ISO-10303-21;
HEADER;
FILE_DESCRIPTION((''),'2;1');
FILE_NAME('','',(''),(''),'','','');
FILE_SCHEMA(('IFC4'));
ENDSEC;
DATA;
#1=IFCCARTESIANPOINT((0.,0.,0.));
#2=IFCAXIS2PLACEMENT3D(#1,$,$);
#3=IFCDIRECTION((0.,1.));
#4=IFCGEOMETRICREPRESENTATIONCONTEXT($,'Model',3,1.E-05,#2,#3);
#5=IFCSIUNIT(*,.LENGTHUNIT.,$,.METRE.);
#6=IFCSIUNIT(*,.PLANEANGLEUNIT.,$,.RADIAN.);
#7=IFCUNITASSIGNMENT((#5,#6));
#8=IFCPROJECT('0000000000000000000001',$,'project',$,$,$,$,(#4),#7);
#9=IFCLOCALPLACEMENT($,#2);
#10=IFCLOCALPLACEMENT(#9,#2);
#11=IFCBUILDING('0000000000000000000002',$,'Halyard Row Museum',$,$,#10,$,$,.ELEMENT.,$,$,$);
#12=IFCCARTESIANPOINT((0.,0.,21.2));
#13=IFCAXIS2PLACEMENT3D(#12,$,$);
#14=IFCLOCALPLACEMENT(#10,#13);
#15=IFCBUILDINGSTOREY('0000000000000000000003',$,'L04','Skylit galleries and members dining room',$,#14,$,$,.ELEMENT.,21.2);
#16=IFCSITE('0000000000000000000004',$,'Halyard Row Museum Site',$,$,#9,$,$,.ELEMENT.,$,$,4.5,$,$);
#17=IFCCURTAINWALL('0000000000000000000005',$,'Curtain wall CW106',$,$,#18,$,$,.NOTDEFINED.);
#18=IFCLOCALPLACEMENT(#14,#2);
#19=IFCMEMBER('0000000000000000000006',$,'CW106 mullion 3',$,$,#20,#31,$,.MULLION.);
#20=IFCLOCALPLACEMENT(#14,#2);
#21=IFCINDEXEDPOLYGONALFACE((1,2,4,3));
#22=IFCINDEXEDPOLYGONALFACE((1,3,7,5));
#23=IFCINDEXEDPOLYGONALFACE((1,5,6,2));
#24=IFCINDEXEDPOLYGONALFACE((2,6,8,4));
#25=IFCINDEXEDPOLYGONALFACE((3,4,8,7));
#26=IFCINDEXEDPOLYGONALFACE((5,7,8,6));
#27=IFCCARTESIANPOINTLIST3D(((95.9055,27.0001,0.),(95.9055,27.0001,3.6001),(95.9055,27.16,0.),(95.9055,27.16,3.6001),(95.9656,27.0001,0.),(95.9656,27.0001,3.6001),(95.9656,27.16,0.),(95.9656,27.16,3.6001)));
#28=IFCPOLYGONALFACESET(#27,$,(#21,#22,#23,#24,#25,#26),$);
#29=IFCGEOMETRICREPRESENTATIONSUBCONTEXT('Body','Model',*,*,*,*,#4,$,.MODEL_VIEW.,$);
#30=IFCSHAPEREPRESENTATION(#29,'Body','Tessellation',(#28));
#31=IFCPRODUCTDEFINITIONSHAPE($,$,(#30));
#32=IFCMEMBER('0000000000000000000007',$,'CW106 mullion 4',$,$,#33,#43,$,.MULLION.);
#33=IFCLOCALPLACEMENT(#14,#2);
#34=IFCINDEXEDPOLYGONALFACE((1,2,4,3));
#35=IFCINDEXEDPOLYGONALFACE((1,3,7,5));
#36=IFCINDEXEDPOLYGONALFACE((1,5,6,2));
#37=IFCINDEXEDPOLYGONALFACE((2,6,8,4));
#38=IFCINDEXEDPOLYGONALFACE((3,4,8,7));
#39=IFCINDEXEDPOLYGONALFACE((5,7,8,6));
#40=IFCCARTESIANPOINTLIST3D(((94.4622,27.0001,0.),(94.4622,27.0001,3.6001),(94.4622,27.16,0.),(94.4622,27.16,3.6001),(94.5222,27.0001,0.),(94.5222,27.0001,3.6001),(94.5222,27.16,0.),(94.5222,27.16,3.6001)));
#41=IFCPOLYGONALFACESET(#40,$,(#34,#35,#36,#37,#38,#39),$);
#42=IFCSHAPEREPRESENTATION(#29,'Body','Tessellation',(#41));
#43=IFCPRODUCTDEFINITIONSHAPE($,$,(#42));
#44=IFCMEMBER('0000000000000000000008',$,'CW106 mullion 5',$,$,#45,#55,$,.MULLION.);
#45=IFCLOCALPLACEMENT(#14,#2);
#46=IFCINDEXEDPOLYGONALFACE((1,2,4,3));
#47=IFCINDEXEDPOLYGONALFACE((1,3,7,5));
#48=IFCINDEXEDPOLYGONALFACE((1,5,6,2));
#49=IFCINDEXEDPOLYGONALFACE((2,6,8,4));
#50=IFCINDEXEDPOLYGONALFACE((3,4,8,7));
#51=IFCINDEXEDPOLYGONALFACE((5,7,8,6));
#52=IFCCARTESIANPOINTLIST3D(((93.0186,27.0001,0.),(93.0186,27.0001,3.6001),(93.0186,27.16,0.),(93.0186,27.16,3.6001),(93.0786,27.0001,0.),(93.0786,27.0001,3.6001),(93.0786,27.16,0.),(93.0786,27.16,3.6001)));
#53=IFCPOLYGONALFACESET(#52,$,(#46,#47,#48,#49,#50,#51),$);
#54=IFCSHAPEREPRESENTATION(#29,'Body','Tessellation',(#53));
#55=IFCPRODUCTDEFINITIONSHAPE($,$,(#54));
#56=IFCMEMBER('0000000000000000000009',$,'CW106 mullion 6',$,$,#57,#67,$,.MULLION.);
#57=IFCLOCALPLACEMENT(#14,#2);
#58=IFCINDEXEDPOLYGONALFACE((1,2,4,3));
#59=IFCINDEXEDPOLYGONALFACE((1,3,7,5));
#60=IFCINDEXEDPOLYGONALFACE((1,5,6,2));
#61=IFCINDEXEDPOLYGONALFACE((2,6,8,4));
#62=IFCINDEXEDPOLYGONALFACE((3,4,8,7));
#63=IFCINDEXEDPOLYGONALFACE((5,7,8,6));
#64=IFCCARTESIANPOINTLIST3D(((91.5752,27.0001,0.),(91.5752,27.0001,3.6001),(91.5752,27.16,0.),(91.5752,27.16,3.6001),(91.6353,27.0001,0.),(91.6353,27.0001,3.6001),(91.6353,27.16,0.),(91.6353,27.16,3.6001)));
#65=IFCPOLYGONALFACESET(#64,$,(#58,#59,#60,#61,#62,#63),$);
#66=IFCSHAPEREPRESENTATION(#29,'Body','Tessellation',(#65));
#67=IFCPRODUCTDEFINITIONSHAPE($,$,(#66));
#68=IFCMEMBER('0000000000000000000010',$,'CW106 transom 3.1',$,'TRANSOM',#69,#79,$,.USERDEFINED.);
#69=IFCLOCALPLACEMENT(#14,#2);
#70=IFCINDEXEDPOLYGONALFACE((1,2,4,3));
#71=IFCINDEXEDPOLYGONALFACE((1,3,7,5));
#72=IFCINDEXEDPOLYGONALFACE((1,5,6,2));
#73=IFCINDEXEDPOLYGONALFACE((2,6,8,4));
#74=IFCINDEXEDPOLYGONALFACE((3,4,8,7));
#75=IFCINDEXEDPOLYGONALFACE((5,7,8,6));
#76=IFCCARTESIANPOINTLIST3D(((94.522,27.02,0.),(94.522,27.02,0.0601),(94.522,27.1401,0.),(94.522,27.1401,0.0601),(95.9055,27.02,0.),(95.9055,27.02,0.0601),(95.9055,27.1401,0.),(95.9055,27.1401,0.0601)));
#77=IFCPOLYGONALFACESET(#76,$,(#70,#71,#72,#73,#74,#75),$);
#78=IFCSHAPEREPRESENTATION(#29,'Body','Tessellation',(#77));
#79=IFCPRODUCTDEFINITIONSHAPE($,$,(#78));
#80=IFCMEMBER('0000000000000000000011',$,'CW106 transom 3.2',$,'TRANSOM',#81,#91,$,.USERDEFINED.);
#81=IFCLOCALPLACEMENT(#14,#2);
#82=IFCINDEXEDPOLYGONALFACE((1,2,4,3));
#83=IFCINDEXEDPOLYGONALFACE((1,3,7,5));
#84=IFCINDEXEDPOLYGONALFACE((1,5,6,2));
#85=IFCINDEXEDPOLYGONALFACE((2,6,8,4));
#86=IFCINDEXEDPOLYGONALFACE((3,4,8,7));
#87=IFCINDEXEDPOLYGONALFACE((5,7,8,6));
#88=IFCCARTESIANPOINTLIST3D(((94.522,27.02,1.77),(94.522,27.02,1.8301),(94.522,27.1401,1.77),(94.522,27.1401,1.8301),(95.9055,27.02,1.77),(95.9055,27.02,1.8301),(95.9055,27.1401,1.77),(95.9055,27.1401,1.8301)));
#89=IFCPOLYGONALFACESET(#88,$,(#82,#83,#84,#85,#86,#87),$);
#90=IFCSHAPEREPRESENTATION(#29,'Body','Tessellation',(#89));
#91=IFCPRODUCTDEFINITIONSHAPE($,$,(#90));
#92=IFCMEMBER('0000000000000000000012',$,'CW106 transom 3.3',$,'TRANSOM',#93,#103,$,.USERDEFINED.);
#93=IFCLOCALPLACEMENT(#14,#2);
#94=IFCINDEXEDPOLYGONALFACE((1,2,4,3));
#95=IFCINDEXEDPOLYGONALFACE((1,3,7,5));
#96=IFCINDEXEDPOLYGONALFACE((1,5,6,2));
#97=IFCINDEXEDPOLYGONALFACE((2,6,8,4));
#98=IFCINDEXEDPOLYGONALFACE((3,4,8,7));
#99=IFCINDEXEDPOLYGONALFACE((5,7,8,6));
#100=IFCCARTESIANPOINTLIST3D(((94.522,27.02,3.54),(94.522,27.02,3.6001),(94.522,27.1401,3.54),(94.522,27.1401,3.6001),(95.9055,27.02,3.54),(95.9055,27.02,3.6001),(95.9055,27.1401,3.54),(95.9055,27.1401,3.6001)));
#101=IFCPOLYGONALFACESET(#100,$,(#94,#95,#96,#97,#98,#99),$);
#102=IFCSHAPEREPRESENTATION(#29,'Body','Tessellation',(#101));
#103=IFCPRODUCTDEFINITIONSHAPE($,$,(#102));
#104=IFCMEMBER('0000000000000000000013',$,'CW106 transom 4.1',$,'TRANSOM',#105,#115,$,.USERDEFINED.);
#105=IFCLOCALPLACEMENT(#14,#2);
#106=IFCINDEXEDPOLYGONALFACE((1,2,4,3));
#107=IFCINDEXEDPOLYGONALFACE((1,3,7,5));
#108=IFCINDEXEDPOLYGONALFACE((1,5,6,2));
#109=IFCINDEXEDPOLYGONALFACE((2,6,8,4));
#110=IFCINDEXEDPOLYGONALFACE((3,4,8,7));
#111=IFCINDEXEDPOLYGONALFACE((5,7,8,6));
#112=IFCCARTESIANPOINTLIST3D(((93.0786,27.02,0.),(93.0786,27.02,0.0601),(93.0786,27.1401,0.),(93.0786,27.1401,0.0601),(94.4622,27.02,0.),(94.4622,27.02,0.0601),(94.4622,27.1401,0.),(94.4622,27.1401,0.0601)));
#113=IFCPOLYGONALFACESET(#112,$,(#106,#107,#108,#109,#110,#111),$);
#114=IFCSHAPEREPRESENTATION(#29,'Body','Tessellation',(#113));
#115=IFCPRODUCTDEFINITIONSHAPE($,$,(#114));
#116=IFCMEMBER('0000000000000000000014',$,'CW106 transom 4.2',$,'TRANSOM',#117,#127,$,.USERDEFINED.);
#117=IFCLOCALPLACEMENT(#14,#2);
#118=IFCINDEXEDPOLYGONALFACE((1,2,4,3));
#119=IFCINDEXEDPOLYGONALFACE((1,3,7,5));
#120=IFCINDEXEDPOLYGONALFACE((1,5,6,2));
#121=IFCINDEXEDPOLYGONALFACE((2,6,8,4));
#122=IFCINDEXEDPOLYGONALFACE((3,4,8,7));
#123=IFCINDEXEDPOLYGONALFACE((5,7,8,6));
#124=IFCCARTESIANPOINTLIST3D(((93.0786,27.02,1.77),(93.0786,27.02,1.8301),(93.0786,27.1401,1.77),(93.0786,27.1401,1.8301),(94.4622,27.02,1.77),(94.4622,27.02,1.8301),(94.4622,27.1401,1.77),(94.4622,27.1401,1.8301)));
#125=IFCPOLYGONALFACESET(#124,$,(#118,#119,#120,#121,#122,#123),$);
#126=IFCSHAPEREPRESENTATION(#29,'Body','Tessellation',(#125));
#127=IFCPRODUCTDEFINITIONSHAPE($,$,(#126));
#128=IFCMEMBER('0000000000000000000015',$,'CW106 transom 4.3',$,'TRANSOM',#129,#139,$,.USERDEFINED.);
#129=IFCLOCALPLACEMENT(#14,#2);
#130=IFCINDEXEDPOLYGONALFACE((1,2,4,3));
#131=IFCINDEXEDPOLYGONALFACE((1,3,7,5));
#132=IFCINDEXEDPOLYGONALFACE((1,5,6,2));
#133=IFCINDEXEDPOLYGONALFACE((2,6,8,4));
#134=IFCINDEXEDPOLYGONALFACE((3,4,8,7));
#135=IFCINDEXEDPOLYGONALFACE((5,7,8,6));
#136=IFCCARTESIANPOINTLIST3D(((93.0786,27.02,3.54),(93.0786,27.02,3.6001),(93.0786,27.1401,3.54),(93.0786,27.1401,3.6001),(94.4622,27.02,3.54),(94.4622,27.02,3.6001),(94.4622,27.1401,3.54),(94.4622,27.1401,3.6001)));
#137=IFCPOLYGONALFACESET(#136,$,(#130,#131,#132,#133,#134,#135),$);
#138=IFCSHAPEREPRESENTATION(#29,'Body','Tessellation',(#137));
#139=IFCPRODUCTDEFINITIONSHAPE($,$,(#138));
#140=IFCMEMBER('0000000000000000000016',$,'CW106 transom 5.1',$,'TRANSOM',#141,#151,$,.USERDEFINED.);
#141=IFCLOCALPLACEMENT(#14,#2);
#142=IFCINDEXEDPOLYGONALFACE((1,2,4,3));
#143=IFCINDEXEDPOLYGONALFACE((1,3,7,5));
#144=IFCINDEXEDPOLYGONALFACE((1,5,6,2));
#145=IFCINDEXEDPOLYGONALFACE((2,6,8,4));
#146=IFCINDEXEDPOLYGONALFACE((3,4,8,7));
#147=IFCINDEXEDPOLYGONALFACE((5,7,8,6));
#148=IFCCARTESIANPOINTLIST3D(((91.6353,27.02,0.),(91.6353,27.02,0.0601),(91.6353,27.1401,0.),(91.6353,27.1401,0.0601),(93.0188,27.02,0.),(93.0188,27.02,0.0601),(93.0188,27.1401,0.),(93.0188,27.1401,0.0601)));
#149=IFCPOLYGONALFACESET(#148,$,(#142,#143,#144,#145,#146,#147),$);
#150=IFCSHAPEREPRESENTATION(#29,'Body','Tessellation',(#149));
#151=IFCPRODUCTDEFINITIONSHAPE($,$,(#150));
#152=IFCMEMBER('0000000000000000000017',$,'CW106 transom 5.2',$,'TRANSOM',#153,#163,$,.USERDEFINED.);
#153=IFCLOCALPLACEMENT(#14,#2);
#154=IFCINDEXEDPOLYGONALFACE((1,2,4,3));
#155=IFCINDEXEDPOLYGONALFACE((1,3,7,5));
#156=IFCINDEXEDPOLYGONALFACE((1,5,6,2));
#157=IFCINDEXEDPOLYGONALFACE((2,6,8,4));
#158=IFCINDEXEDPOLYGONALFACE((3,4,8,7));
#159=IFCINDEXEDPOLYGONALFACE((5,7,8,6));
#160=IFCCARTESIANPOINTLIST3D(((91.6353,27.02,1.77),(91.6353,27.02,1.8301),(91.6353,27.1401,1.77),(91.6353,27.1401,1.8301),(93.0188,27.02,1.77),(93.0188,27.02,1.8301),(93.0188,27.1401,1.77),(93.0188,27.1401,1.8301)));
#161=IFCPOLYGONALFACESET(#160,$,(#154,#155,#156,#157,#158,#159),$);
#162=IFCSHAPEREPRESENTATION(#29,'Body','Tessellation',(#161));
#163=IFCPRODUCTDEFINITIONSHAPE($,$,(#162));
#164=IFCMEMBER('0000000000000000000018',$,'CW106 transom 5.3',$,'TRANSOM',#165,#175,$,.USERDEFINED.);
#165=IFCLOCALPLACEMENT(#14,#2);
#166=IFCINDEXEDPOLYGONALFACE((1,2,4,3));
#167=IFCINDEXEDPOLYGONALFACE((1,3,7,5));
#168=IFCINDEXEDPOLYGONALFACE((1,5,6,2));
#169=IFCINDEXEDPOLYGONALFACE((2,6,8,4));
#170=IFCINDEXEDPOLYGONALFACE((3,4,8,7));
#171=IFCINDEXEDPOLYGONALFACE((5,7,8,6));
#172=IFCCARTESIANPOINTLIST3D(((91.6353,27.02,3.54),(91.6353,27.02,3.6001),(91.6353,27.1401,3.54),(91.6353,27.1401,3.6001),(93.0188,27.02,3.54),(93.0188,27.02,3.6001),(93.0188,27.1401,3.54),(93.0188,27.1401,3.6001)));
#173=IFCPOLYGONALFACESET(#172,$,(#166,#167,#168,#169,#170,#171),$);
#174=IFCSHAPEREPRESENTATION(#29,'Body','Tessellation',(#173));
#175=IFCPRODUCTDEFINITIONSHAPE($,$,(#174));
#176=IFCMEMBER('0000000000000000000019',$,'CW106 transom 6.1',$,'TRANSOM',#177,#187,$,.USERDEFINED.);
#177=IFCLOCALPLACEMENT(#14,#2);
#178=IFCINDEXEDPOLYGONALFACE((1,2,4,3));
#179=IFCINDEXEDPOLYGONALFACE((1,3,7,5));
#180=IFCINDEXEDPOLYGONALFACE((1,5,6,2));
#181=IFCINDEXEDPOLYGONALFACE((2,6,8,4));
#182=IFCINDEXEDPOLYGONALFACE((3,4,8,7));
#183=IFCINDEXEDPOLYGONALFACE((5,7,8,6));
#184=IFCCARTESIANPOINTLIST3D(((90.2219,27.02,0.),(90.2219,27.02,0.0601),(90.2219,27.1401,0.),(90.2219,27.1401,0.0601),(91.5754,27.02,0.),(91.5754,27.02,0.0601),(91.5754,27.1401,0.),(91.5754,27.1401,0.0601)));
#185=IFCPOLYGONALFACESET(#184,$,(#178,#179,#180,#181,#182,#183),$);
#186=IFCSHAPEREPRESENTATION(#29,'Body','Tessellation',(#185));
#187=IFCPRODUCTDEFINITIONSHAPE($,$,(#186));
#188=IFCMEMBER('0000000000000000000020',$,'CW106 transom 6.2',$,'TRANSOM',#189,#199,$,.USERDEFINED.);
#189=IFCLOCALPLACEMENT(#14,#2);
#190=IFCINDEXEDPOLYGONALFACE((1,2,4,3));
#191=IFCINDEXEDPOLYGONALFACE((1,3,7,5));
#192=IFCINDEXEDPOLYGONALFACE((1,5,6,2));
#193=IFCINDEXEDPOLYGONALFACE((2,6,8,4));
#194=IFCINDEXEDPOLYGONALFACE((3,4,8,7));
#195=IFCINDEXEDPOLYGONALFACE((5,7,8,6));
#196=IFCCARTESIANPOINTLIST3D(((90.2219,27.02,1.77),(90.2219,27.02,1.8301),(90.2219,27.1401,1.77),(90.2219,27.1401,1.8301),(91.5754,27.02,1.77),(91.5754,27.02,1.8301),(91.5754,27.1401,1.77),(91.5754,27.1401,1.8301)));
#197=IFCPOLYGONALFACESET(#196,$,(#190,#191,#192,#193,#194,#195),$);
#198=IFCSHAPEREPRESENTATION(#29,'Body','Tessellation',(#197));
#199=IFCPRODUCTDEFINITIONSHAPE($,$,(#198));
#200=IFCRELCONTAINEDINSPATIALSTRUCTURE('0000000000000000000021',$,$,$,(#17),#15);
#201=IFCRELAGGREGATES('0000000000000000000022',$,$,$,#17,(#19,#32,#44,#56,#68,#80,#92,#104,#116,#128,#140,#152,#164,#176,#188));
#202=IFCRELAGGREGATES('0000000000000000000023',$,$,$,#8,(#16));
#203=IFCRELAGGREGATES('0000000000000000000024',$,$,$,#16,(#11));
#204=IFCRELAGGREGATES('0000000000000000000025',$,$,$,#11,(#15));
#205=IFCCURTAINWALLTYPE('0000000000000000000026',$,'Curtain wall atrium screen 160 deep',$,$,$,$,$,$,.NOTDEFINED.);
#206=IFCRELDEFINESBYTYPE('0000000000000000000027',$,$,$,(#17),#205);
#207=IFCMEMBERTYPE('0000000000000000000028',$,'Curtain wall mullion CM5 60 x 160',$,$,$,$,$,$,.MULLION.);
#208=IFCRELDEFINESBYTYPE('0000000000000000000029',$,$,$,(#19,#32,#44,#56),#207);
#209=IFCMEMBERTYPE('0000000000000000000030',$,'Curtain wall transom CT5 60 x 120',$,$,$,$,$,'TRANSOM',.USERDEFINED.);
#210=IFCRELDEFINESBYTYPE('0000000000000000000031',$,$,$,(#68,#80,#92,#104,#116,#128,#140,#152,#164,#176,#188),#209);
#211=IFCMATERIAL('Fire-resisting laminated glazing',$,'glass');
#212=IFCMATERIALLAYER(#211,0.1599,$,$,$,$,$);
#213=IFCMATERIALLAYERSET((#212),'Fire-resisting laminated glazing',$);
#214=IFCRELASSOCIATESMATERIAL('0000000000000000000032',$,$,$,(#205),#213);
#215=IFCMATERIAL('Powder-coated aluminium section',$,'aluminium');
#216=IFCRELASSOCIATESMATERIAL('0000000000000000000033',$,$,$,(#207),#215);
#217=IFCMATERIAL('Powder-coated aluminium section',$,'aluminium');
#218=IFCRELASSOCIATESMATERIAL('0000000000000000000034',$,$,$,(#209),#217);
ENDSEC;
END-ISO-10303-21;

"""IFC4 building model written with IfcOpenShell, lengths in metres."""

from ifc_helpers import new_model, si_unit, direction, frame, origin, origin_2d, place, context, subcontext, project, spatial, rectangle, extrude, material, layer, layer_set, material_profile, profile_set, type_object, element, aggregate, save


model = new_model("IFC4")

# Units and contexts
model_context = context("Model", 3, precision=1e-05, world=origin(), true_north=direction((0.0, 1.0)))
body_context = subcontext(model_context, "Body", "Model", "MODEL_VIEW")
ifc_project = project(units=[si_unit("LENGTHUNIT", "METRE"), si_unit("PLANEANGLEUNIT", "RADIAN")], contexts=[model_context])

# Site, building, storey
site_placement = place(None, origin())
site = spatial("IfcSite", under=ifc_project, at=site_placement, Name="Halyard Row Museum Site", CompositionType="ELEMENT", RefElevation=4.5)
building_placement = place(site_placement, origin())
building = spatial("IfcBuilding", under=site, at=building_placement, Name="Halyard Row Museum", CompositionType="ELEMENT")
storey_placement = place(building_placement, frame((0.0, 0.0, 21.2)))
storey = spatial("IfcBuildingStorey", under=building, at=storey_placement, Name="L04", Description="Skylit galleries and members dining room", CompositionType="ELEMENT", Elevation=21.2)

# Curtain wall, members
ifc_material_1 = material(Name="Fire-resisting laminated glazing", Category="glass")
ifc_layer_1 = layer(ifc_material_1, 0.1599)
ifc_layer_set_1 = layer_set([ifc_layer_1], Name="Fire-resisting laminated glazing")
curtain_wall_type = type_object("IfcCurtainWallType", Name="Curtain wall atrium screen 160 deep", PredefinedType="NOTDEFINED", material=ifc_layer_set_1)
curtain_wall_placement = place(storey_placement, origin())
curtain_wall = element("IfcCurtainWall", 1, at=curtain_wall_placement, inside=storey, type_object=curtain_wall_type, Name="Curtain wall CW106", PredefinedType="NOTDEFINED")
ifc_material_2 = material(Name="Powder-coated aluminium section", Category="aluminium")
ifc_material_profile_1 = material_profile(ifc_material_2, rectangle(XDim=0.1599, YDim=0.0601, at=origin_2d()), Name="160x60 mullion")
ifc_profile_set_1 = profile_set([ifc_material_profile_1], Name="Powder-coated aluminium section")
member_type_1 = type_object("IfcMemberType", Name="Curtain wall mullion CM5 60 x 160", PredefinedType="MULLION", material=ifc_profile_set_1)
member_1_placement = place(storey_placement, frame((95.9355, 27.0801, 0.0), z_axis=(0.0, 0.0, 1.0), x_axis=(0.0, -1.0, 0.0)))
member_1 = element("IfcMember", 2, at=member_1_placement, type_object=member_type_1, Name="CW106 mullion 3", PredefinedType="MULLION", context=body_context, shape_type="SweptSolid", body=[
    extrude(rectangle(XDim=0.1599, YDim=0.0601, at=origin_2d()), origin(), (0.0, 0.0, 1.0), 3.6001),
])
member_2_placement = place(storey_placement, frame((94.4922, 27.0801, 0.0), z_axis=(0.0, 0.0, 1.0), x_axis=(0.0, -1.0, 0.0)))
member_2 = element("IfcMember", 3, at=member_2_placement, type_object=member_type_1, Name="CW106 mullion 4", PredefinedType="MULLION", context=body_context, shape_type="SweptSolid", body=[
    extrude(rectangle(XDim=0.1599, YDim=0.0601, at=origin_2d()), origin(), (0.0, 0.0, 1.0), 3.6001),
])
member_3_placement = place(storey_placement, frame((93.0486, 27.0801, 0.0), z_axis=(0.0, 0.0, 1.0), x_axis=(0.0, -1.0, 0.0)))
member_3 = element("IfcMember", 4, at=member_3_placement, type_object=member_type_1, Name="CW106 mullion 5", PredefinedType="MULLION", context=body_context, shape_type="SweptSolid", body=[
    extrude(rectangle(XDim=0.1599, YDim=0.0601, at=origin_2d()), origin(), (0.0, 0.0, 1.0), 3.6001),
])
member_4_placement = place(storey_placement, frame((91.6052, 27.0801, 0.0), z_axis=(0.0, 0.0, 1.0), x_axis=(0.0, -1.0, 0.0)))
member_4 = element("IfcMember", 5, at=member_4_placement, type_object=member_type_1, Name="CW106 mullion 6", PredefinedType="MULLION", context=body_context, shape_type="SweptSolid", body=[
    extrude(rectangle(XDim=0.1599, YDim=0.0601, at=origin_2d()), origin(), (0.0, 0.0, 1.0), 3.6001),
])
ifc_material_3 = material(Name="Powder-coated aluminium section", Category="aluminium")
ifc_material_profile_2 = material_profile(ifc_material_3, rectangle(XDim=0.1201, YDim=0.0601, at=origin_2d()), Name="120x60 transom")
ifc_profile_set_2 = profile_set([ifc_material_profile_2], Name="Powder-coated aluminium section")
member_type_2 = type_object("IfcMemberType", Name="Curtain wall transom CT5 60 x 120", ElementType="TRANSOM", PredefinedType="USERDEFINED", material=ifc_profile_set_2)
member_5_placement = place(storey_placement, frame((95.9055, 27.0801, 0.03), z_axis=(-1.0, 0.0, 0.0), x_axis=(0.0, -1.0, 0.0)))
member_5 = element("IfcMember", 6, at=member_5_placement, type_object=member_type_2, Name="CW106 transom 3.1", ObjectType="TRANSOM", PredefinedType="USERDEFINED", context=body_context, shape_type="SweptSolid", body=[
    extrude(rectangle(XDim=0.1201, YDim=0.0601, at=origin_2d()), origin(), (0.0, 0.0, 1.0), 1.3835),
])
member_6_placement = place(storey_placement, frame((95.9055, 27.0801, 1.8), z_axis=(-1.0, 0.0, 0.0), x_axis=(0.0, -1.0, 0.0)))
member_6 = element("IfcMember", 7, at=member_6_placement, type_object=member_type_2, Name="CW106 transom 3.2", ObjectType="TRANSOM", PredefinedType="USERDEFINED", context=body_context, shape_type="SweptSolid", body=[
    extrude(rectangle(XDim=0.1201, YDim=0.0601, at=origin_2d()), origin(), (0.0, 0.0, 1.0), 1.3835),
])
member_7_placement = place(storey_placement, frame((95.9055, 27.0801, 3.5701), z_axis=(-1.0, 0.0, 0.0), x_axis=(0.0, -1.0, 0.0)))
member_7 = element("IfcMember", 8, at=member_7_placement, type_object=member_type_2, Name="CW106 transom 3.3", ObjectType="TRANSOM", PredefinedType="USERDEFINED", context=body_context, shape_type="SweptSolid", body=[
    extrude(rectangle(XDim=0.1201, YDim=0.0601, at=origin_2d()), origin(), (0.0, 0.0, 1.0), 1.3835),
])
member_8_placement = place(storey_placement, frame((94.4622, 27.0801, 0.03), z_axis=(-1.0, 0.0, 0.0), x_axis=(0.0, -1.0, 0.0)))
member_8 = element("IfcMember", 9, at=member_8_placement, type_object=member_type_2, Name="CW106 transom 4.1", ObjectType="TRANSOM", PredefinedType="USERDEFINED", context=body_context, shape_type="SweptSolid", body=[
    extrude(rectangle(XDim=0.1201, YDim=0.0601, at=origin_2d()), origin(), (0.0, 0.0, 1.0), 1.3835),
])
member_9_placement = place(storey_placement, frame((94.4622, 27.0801, 1.8), z_axis=(-1.0, 0.0, 0.0), x_axis=(0.0, -1.0, 0.0)))
member_9 = element("IfcMember", 10, at=member_9_placement, type_object=member_type_2, Name="CW106 transom 4.2", ObjectType="TRANSOM", PredefinedType="USERDEFINED", context=body_context, shape_type="SweptSolid", body=[
    extrude(rectangle(XDim=0.1201, YDim=0.0601, at=origin_2d()), origin(), (0.0, 0.0, 1.0), 1.3835),
])
member_10_placement = place(storey_placement, frame((94.4622, 27.0801, 3.5701), z_axis=(-1.0, 0.0, 0.0), x_axis=(0.0, -1.0, 0.0)))
member_10 = element("IfcMember", 11, at=member_10_placement, type_object=member_type_2, Name="CW106 transom 4.3", ObjectType="TRANSOM", PredefinedType="USERDEFINED", context=body_context, shape_type="SweptSolid", body=[
    extrude(rectangle(XDim=0.1201, YDim=0.0601, at=origin_2d()), origin(), (0.0, 0.0, 1.0), 1.3835),
])
member_11_placement = place(storey_placement, frame((93.0188, 27.0801, 0.03), z_axis=(-1.0, 0.0, 0.0), x_axis=(0.0, -1.0, 0.0)))
member_11 = element("IfcMember", 12, at=member_11_placement, type_object=member_type_2, Name="CW106 transom 5.1", ObjectType="TRANSOM", PredefinedType="USERDEFINED", context=body_context, shape_type="SweptSolid", body=[
    extrude(rectangle(XDim=0.1201, YDim=0.0601, at=origin_2d()), origin(), (0.0, 0.0, 1.0), 1.3835),
])
member_12_placement = place(storey_placement, frame((93.0188, 27.0801, 1.8), z_axis=(-1.0, 0.0, 0.0), x_axis=(0.0, -1.0, 0.0)))
member_12 = element("IfcMember", 13, at=member_12_placement, type_object=member_type_2, Name="CW106 transom 5.2", ObjectType="TRANSOM", PredefinedType="USERDEFINED", context=body_context, shape_type="SweptSolid", body=[
    extrude(rectangle(XDim=0.1201, YDim=0.0601, at=origin_2d()), origin(), (0.0, 0.0, 1.0), 1.3835),
])
member_13_placement = place(storey_placement, frame((93.0188, 27.0801, 3.5701), z_axis=(-1.0, 0.0, 0.0), x_axis=(0.0, -1.0, 0.0)))
member_13 = element("IfcMember", 14, at=member_13_placement, type_object=member_type_2, Name="CW106 transom 5.3", ObjectType="TRANSOM", PredefinedType="USERDEFINED", context=body_context, shape_type="SweptSolid", body=[
    extrude(rectangle(XDim=0.1201, YDim=0.0601, at=origin_2d()), origin(), (0.0, 0.0, 1.0), 1.3835),
])
member_14_placement = place(storey_placement, frame((91.5754, 27.0801, 0.03), z_axis=(-1.0, 0.0, 0.0), x_axis=(0.0, -1.0, 0.0)))
member_14 = element("IfcMember", 15, at=member_14_placement, type_object=member_type_2, Name="CW106 transom 6.1", ObjectType="TRANSOM", PredefinedType="USERDEFINED", context=body_context, shape_type="SweptSolid", body=[
    extrude(rectangle(XDim=0.1201, YDim=0.0601, at=origin_2d()), origin(), (0.0, 0.0, 1.0), 1.3535),
])
member_15_placement = place(storey_placement, frame((91.5754, 27.0801, 1.8), z_axis=(-1.0, 0.0, 0.0), x_axis=(0.0, -1.0, 0.0)))
member_15 = element("IfcMember", 16, at=member_15_placement, type_object=member_type_2, Name="CW106 transom 6.2", ObjectType="TRANSOM", PredefinedType="USERDEFINED", context=body_context, shape_type="SweptSolid", body=[
    extrude(rectangle(XDim=0.1201, YDim=0.0601, at=origin_2d()), origin(), (0.0, 0.0, 1.0), 1.3535),
])

aggregate(curtain_wall, [member_1, member_2, member_3, member_4, member_5, member_6, member_7, member_8, member_9, member_10, member_11, member_12, member_13, member_14, member_15])

save(model, "model.ifc")
